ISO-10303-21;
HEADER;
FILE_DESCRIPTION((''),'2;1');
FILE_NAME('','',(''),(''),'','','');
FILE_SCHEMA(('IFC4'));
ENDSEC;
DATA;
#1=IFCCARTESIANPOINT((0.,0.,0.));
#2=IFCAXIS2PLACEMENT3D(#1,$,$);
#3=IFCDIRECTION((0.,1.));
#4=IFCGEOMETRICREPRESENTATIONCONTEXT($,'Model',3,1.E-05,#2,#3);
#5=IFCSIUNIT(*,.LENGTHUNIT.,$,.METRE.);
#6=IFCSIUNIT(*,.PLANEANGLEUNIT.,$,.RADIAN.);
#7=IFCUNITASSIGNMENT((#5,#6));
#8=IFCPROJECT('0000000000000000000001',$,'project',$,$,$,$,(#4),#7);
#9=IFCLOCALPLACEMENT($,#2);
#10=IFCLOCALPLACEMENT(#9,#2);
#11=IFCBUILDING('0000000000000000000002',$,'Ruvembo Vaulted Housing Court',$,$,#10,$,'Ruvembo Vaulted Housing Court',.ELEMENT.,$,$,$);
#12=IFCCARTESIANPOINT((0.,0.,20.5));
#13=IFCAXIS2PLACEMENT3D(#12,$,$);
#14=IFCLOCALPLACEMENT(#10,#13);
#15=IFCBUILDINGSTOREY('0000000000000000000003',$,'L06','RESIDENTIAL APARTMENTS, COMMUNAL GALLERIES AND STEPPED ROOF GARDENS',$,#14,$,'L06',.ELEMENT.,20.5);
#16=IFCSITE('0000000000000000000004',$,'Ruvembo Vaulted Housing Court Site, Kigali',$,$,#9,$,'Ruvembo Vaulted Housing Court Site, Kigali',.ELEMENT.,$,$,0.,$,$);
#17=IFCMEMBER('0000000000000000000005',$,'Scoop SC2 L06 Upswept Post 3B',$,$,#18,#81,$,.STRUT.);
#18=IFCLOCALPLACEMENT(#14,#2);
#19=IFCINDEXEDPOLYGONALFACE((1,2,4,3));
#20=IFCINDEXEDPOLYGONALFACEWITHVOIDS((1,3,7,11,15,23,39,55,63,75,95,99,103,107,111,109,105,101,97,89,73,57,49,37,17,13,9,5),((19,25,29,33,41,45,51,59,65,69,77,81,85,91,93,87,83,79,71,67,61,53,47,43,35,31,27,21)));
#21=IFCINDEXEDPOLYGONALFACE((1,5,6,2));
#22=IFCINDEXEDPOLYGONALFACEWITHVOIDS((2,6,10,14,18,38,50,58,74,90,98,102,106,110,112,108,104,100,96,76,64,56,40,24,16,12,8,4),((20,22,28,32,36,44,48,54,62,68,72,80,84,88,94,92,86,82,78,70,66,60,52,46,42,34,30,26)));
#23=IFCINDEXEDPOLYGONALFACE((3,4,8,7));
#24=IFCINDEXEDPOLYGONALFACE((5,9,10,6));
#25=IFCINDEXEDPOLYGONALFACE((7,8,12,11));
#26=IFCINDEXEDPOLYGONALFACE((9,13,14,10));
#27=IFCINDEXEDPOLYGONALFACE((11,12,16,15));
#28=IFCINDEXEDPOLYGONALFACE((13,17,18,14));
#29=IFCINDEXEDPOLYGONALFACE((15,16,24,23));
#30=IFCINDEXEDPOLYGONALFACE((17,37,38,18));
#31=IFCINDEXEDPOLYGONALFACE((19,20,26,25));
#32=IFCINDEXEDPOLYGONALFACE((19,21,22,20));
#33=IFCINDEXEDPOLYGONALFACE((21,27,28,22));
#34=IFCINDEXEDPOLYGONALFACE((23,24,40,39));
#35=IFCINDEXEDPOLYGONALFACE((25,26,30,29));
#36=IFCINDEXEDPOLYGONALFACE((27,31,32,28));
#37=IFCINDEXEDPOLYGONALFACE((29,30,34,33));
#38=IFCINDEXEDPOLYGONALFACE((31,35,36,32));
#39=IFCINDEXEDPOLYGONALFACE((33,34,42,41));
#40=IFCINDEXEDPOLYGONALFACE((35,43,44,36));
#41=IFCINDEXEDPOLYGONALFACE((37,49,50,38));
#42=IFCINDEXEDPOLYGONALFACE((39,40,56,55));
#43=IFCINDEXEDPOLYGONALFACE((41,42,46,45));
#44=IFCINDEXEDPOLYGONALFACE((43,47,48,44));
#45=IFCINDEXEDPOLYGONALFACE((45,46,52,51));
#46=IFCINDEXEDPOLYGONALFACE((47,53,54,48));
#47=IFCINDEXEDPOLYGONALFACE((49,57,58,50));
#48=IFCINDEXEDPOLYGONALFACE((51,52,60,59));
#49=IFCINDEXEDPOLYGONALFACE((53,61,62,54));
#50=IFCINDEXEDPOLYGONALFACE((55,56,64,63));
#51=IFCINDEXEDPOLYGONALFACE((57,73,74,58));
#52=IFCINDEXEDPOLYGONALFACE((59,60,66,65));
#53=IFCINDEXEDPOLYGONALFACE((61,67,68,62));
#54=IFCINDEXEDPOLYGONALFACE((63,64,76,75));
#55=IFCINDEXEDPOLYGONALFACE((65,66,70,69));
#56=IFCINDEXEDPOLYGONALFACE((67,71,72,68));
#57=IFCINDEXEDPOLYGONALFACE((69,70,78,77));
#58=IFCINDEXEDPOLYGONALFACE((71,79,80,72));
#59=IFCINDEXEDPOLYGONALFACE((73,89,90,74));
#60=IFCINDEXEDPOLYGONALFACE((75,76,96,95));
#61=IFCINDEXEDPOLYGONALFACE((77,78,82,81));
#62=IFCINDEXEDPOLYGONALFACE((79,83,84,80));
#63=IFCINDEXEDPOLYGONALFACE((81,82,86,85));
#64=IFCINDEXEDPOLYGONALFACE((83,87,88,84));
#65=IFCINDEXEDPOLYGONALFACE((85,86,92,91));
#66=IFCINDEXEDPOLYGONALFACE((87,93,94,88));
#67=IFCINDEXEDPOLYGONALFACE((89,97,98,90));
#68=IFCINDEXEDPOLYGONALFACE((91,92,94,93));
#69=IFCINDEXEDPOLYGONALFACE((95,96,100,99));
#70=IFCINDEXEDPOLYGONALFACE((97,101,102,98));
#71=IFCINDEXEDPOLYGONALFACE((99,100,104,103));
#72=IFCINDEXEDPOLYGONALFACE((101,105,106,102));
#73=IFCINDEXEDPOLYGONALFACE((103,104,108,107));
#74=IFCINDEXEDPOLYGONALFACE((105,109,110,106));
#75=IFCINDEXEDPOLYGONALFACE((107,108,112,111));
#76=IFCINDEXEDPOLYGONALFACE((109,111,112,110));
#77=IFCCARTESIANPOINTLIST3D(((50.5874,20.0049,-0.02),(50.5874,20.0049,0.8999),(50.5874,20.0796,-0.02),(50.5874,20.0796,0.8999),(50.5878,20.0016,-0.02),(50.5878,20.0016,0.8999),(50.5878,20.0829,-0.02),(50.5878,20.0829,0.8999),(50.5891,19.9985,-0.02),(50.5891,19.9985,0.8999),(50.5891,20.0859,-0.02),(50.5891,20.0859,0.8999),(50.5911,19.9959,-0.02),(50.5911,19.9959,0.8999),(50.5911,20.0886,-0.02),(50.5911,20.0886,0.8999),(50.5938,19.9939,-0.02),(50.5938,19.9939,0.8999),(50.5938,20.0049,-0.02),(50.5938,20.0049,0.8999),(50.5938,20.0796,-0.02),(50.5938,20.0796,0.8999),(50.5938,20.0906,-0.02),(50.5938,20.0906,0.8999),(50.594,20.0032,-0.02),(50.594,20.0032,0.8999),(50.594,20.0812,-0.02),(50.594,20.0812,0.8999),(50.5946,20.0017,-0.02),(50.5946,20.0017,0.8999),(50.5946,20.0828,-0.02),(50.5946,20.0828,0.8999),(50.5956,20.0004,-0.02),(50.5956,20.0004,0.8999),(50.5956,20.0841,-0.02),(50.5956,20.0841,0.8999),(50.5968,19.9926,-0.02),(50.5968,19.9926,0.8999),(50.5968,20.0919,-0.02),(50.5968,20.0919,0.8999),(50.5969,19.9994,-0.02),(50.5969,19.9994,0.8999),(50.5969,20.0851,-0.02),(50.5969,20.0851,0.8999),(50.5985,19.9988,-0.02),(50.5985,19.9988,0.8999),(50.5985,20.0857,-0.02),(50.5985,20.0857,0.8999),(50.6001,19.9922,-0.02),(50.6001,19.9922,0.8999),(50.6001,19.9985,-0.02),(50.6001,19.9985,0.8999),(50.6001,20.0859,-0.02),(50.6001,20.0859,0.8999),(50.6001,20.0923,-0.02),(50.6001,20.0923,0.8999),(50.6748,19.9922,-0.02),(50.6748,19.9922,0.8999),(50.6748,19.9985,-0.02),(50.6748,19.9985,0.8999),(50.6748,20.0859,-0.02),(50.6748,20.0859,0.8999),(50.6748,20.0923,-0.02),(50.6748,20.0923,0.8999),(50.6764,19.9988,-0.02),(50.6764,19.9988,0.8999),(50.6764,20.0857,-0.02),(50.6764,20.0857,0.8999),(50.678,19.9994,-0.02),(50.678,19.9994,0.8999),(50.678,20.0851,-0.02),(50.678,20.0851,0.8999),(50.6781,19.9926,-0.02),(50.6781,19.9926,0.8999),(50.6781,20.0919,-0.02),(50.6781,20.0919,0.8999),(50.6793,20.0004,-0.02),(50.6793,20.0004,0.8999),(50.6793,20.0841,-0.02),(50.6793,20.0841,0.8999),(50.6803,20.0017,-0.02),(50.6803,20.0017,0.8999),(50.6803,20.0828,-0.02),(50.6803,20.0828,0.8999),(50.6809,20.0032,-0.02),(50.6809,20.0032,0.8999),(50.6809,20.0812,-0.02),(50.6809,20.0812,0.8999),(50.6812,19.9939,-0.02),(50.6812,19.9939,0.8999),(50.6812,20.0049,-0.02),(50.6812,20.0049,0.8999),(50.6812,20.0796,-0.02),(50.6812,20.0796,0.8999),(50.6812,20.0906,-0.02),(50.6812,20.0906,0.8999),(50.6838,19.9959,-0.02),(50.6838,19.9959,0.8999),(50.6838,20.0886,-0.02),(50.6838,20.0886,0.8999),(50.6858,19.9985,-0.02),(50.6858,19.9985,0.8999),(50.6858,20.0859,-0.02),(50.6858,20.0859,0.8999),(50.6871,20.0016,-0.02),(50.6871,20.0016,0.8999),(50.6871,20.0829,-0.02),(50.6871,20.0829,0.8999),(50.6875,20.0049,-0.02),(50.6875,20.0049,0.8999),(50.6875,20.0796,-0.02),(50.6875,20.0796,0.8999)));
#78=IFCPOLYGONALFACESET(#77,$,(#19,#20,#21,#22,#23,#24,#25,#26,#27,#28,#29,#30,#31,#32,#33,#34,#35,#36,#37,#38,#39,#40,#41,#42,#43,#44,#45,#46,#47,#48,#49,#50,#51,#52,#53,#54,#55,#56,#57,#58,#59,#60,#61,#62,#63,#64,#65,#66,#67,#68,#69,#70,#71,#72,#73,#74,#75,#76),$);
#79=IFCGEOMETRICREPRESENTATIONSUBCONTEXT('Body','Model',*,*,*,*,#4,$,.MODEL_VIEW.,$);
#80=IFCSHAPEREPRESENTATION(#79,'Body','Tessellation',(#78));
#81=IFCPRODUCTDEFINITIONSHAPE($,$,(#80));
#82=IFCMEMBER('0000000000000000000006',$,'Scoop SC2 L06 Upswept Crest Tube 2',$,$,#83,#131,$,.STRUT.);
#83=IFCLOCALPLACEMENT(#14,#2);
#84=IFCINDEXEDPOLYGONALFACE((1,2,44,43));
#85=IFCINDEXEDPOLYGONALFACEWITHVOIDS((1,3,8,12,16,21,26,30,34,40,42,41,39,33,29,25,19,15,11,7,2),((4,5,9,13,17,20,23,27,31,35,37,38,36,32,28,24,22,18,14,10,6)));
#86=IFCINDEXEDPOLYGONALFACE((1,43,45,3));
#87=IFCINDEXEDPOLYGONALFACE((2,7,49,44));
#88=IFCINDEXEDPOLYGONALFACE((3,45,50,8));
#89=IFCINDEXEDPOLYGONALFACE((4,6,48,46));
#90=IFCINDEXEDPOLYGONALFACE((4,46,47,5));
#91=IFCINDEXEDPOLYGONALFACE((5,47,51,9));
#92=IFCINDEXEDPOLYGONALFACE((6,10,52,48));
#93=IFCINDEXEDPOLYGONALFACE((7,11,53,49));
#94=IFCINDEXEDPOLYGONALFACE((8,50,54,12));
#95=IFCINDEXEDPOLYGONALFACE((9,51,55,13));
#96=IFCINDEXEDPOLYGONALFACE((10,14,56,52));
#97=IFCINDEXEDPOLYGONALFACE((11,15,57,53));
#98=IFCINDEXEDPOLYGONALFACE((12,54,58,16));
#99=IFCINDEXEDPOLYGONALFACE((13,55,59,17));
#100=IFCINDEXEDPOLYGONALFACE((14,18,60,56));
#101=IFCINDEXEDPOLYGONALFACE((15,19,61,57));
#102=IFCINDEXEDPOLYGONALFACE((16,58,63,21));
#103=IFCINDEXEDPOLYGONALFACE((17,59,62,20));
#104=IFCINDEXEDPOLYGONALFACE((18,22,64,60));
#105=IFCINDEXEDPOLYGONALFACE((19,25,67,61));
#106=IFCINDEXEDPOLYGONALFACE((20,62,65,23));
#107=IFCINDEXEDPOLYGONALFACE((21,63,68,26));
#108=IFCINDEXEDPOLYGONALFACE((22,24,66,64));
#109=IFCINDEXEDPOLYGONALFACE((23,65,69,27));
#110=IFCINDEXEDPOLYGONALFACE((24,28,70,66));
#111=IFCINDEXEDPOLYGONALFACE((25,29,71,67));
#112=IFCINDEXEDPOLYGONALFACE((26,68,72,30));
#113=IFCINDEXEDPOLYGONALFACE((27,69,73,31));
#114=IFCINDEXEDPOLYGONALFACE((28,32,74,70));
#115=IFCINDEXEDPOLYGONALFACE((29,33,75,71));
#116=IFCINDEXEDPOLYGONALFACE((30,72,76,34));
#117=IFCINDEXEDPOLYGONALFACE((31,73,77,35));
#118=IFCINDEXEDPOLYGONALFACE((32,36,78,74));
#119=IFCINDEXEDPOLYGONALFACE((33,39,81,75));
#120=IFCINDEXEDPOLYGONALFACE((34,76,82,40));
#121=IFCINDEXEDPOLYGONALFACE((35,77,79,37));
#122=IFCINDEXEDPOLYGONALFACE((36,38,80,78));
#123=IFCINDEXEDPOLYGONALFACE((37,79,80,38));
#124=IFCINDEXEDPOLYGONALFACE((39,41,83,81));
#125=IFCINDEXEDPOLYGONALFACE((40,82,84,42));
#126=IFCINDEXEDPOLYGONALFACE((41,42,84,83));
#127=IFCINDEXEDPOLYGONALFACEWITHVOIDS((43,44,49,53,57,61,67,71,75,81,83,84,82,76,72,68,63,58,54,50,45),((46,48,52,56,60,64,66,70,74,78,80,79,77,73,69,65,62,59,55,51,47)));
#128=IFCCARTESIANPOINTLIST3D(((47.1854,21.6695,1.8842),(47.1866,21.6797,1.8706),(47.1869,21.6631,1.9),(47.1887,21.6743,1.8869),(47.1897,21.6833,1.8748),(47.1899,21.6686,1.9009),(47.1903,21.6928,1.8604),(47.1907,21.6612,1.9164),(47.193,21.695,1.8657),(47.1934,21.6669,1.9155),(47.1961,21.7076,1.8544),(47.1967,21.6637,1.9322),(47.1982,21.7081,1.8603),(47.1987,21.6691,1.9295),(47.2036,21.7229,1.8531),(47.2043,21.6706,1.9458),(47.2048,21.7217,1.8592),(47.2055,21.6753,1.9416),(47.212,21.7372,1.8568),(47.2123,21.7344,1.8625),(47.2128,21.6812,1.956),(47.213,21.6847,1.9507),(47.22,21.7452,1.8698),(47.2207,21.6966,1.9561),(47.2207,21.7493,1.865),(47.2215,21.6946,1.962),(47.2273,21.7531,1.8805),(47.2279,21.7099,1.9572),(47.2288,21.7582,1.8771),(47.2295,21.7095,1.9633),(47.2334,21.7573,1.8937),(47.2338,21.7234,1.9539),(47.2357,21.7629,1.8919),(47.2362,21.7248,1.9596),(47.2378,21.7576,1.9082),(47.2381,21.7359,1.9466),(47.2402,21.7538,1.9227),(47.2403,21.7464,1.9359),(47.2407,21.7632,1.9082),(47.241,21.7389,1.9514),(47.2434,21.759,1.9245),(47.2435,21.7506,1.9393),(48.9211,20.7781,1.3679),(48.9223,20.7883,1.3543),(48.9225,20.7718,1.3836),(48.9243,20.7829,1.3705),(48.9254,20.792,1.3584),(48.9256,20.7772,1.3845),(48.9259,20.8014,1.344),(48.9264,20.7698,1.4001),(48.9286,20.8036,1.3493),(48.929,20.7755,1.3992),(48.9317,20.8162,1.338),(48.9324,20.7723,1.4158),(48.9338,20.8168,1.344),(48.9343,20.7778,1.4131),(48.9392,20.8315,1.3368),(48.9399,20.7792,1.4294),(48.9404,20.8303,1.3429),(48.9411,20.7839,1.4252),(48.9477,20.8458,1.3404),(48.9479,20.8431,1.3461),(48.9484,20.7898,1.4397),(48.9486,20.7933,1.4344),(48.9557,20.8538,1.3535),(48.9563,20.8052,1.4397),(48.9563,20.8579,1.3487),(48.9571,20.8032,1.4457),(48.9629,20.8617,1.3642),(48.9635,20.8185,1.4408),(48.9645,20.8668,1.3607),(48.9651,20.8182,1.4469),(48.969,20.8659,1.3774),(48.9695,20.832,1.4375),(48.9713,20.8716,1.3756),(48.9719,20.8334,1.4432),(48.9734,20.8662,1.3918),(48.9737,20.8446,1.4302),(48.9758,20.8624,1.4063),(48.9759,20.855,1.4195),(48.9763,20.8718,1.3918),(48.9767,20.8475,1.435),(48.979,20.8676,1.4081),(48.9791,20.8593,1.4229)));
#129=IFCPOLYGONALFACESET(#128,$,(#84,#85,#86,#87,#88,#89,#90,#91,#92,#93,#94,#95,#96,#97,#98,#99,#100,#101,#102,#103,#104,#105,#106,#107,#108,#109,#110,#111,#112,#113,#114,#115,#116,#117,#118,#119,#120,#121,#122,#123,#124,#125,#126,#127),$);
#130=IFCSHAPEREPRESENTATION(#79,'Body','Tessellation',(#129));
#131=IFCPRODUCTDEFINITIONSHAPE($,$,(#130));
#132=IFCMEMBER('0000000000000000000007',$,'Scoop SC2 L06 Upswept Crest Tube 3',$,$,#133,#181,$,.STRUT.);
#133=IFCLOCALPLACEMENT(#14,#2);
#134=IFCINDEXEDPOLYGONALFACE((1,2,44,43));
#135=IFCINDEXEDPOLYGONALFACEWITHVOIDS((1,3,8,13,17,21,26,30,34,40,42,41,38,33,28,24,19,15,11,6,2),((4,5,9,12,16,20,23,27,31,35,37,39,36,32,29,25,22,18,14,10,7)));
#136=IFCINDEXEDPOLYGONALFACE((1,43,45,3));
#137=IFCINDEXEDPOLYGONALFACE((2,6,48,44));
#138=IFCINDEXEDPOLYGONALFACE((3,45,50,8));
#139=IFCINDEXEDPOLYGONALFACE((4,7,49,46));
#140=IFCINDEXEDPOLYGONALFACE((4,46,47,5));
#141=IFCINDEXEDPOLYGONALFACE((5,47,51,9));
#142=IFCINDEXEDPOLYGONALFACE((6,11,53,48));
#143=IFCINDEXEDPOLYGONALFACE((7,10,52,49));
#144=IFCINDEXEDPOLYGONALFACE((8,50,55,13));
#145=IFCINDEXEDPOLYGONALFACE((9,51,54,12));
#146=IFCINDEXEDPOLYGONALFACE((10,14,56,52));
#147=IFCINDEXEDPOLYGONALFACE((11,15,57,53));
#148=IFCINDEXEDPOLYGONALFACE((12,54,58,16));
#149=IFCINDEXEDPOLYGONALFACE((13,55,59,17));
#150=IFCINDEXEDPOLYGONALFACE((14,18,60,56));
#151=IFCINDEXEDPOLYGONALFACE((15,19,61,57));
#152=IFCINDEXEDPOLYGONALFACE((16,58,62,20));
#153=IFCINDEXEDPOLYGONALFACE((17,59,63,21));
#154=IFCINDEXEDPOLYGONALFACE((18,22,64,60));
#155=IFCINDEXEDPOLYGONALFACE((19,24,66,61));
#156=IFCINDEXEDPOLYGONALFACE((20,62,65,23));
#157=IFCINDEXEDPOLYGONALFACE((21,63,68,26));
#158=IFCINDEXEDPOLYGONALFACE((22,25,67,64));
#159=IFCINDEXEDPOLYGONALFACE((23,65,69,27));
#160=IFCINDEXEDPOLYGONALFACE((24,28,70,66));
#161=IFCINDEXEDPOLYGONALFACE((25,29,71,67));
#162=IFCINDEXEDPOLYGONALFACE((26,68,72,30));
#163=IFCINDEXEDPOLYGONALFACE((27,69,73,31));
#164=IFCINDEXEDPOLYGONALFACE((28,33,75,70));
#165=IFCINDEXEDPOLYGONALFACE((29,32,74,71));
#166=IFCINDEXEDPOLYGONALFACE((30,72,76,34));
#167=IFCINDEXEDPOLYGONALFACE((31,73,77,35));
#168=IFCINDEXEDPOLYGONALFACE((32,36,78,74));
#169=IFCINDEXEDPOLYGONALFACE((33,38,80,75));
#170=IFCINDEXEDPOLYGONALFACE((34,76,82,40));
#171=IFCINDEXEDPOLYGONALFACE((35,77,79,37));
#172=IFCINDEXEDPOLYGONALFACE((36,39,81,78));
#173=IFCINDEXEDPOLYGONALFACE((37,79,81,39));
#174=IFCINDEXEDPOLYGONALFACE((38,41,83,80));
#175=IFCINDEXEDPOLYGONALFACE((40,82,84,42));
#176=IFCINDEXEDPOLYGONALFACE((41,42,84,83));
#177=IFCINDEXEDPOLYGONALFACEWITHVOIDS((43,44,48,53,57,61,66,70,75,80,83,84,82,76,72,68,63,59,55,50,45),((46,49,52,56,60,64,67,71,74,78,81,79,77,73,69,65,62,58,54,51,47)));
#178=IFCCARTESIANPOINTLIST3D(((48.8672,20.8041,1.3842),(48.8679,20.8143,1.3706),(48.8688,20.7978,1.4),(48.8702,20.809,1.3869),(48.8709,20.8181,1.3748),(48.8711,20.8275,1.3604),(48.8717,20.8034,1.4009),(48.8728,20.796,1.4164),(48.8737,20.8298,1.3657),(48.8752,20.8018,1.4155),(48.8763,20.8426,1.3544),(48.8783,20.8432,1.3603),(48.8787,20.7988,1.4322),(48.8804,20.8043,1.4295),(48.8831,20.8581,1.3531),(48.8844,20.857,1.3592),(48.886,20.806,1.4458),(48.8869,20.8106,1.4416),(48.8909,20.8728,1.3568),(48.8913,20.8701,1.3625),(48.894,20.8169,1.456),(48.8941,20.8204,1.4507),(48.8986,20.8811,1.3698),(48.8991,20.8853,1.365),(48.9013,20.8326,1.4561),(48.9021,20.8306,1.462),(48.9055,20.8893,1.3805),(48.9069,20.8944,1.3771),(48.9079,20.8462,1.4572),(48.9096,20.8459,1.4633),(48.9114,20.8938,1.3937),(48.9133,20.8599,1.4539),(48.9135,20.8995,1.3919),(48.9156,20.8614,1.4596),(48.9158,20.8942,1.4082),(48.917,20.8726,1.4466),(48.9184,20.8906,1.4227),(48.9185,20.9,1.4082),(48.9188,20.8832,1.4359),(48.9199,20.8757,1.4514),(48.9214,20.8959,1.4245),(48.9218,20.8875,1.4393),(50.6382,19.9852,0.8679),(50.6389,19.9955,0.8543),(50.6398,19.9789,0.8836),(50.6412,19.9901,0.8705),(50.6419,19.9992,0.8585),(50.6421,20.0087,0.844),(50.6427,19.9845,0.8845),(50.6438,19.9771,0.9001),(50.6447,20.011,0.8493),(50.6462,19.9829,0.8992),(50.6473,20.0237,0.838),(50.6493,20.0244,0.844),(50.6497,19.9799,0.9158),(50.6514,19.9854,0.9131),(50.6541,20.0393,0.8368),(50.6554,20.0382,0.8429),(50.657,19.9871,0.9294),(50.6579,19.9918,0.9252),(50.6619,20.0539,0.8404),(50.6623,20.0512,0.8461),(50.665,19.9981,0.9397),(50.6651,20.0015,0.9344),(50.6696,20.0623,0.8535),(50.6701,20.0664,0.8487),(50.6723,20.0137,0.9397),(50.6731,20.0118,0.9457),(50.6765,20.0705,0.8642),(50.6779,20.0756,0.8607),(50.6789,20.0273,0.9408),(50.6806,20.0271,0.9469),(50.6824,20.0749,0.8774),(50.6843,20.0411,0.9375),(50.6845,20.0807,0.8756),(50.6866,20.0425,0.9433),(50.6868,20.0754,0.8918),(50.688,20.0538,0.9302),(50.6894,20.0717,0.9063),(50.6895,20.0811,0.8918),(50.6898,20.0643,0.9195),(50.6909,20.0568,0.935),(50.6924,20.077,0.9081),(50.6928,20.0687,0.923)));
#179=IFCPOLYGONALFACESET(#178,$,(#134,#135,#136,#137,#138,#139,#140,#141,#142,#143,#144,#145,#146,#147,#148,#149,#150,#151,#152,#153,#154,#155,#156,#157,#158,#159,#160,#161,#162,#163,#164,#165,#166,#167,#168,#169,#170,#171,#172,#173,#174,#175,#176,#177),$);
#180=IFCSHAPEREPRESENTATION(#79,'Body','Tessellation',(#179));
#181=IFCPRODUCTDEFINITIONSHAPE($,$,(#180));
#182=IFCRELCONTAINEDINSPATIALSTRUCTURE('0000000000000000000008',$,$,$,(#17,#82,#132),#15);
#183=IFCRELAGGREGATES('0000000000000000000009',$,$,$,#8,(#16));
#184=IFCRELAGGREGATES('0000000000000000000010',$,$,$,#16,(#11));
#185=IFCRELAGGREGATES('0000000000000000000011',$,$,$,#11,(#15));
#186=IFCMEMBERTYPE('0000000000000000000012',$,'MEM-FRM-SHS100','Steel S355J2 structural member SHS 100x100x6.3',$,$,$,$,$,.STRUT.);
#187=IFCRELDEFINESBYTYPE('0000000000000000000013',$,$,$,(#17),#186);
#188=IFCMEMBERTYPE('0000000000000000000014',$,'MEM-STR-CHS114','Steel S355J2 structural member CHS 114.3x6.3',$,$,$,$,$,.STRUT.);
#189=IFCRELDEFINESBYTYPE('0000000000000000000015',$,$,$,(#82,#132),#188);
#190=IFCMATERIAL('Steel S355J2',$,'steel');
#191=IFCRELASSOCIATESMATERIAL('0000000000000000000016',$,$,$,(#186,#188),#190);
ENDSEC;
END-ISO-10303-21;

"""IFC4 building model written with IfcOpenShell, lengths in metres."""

from ifc_helpers import new_model, si_unit, direction, frame, origin, origin_2d, place, context, subcontext, project, spatial, hollow_rectangle, hollow_circle, extrude, material, material_profile, profile_set, type_object, element, save


model = new_model("IFC4")

# Units and contexts
model_context = context("Model", 3, precision=1e-05, world=origin(), true_north=direction((0.0, 1.0)))
body_context = subcontext(model_context, "Body", "Model", "MODEL_VIEW")
ifc_project = project(units=[si_unit("LENGTHUNIT", "METRE"), si_unit("PLANEANGLEUNIT", "RADIAN")], contexts=[model_context])

# Site, building, storey
site_placement = place(None, origin())
site = spatial("IfcSite", under=ifc_project, at=site_placement, Name="Ruvembo Vaulted Housing Court Site, Kigali", LongName="Ruvembo Vaulted Housing Court Site, Kigali", CompositionType="ELEMENT", RefElevation=0.0)
building_placement = place(site_placement, origin())
building = spatial("IfcBuilding", under=site, at=building_placement, Name="Ruvembo Vaulted Housing Court", LongName="Ruvembo Vaulted Housing Court", CompositionType="ELEMENT")
storey_placement = place(building_placement, frame((0.0, 0.0, 20.5)))
storey = spatial("IfcBuildingStorey", under=building, at=storey_placement, Name="L06", Description="RESIDENTIAL APARTMENTS, COMMUNAL GALLERIES AND STEPPED ROOF GARDENS", LongName="L06", CompositionType="ELEMENT", Elevation=20.5)

# Members
ifc_material_1 = material(Name="Steel S355J2", Category="steel")
ifc_material_profile_1 = material_profile(ifc_material_1, hollow_rectangle(XDim=0.1001, YDim=0.1001, WallThickness=0.0063, InnerFilletRadius=0.0063, OuterFilletRadius=0.0127, at=origin_2d()), Name="SHS 100x100x6.3")
ifc_profile_set_1 = profile_set([ifc_material_profile_1], Name="Steel S355J2")
member_type_1 = type_object("IfcMemberType", Name="MEM-FRM-SHS100", Description="Steel S355J2 structural member SHS 100x100x6.3", PredefinedType="STRUT", material=ifc_profile_set_1)
member_1_placement = place(storey_placement, frame((50.6375, 20.0422, -0.02), z_axis=(0.0, 0.0, 1.0), x_axis=(1.0, 0.0, 0.0)))
element("IfcMember", 1, at=member_1_placement, inside=storey, type_object=member_type_1, Name="Scoop SC2 L06 Upswept Post 3B", PredefinedType="STRUT", context=body_context, shape_type="SweptSolid", body=[
    extrude(hollow_rectangle(XDim=0.1001, YDim=0.1001, WallThickness=0.0063, InnerFilletRadius=0.0063, OuterFilletRadius=0.0127, at=origin_2d()), origin(), (0.0, 0.0, 1.0), 0.9199),
])
ifc_material_profile_2 = material_profile(ifc_material_1, hollow_circle(Radius=0.0571, WallThickness=0.0063, at=origin_2d()), Name="CHS 114.3x6.3")
ifc_profile_set_2 = profile_set([ifc_material_profile_2], Name="Steel S355J2")
member_type_2 = type_object("IfcMemberType", Name="MEM-STR-CHS114", Description="Steel S355J2 structural member CHS 114.3x6.3", PredefinedType="STRUT", material=ifc_profile_set_2)
for number, where, z_axis, x_axis, name in (
    (2, (47.2146, 21.7124, 1.9082), (0.85994, -0.441643, -0.255841), (0.456848, 0.889545, 0.0), "Scoop SC2 L06 Upswept Crest Tube 2"),
    (3, (48.8945, 20.8481, 1.4082), (0.877466, -0.40571, -0.255837), (0.419677, 0.907674, 0.0), "Scoop SC2 L06 Upswept Crest Tube 3"),
):
    element("IfcMember", number, at=place(storey_placement, frame(where, z_axis=z_axis, x_axis=x_axis)), inside=storey, type_object=member_type_2, Name=name, PredefinedType="STRUT", context=body_context, shape_type="SweptSolid", body=[
        extrude(hollow_circle(Radius=0.0571, WallThickness=0.0063, at=origin_2d()), origin(), (0.0, 0.0, 1.0), 2.0183),
    ])

save(model, "model.ifc")
